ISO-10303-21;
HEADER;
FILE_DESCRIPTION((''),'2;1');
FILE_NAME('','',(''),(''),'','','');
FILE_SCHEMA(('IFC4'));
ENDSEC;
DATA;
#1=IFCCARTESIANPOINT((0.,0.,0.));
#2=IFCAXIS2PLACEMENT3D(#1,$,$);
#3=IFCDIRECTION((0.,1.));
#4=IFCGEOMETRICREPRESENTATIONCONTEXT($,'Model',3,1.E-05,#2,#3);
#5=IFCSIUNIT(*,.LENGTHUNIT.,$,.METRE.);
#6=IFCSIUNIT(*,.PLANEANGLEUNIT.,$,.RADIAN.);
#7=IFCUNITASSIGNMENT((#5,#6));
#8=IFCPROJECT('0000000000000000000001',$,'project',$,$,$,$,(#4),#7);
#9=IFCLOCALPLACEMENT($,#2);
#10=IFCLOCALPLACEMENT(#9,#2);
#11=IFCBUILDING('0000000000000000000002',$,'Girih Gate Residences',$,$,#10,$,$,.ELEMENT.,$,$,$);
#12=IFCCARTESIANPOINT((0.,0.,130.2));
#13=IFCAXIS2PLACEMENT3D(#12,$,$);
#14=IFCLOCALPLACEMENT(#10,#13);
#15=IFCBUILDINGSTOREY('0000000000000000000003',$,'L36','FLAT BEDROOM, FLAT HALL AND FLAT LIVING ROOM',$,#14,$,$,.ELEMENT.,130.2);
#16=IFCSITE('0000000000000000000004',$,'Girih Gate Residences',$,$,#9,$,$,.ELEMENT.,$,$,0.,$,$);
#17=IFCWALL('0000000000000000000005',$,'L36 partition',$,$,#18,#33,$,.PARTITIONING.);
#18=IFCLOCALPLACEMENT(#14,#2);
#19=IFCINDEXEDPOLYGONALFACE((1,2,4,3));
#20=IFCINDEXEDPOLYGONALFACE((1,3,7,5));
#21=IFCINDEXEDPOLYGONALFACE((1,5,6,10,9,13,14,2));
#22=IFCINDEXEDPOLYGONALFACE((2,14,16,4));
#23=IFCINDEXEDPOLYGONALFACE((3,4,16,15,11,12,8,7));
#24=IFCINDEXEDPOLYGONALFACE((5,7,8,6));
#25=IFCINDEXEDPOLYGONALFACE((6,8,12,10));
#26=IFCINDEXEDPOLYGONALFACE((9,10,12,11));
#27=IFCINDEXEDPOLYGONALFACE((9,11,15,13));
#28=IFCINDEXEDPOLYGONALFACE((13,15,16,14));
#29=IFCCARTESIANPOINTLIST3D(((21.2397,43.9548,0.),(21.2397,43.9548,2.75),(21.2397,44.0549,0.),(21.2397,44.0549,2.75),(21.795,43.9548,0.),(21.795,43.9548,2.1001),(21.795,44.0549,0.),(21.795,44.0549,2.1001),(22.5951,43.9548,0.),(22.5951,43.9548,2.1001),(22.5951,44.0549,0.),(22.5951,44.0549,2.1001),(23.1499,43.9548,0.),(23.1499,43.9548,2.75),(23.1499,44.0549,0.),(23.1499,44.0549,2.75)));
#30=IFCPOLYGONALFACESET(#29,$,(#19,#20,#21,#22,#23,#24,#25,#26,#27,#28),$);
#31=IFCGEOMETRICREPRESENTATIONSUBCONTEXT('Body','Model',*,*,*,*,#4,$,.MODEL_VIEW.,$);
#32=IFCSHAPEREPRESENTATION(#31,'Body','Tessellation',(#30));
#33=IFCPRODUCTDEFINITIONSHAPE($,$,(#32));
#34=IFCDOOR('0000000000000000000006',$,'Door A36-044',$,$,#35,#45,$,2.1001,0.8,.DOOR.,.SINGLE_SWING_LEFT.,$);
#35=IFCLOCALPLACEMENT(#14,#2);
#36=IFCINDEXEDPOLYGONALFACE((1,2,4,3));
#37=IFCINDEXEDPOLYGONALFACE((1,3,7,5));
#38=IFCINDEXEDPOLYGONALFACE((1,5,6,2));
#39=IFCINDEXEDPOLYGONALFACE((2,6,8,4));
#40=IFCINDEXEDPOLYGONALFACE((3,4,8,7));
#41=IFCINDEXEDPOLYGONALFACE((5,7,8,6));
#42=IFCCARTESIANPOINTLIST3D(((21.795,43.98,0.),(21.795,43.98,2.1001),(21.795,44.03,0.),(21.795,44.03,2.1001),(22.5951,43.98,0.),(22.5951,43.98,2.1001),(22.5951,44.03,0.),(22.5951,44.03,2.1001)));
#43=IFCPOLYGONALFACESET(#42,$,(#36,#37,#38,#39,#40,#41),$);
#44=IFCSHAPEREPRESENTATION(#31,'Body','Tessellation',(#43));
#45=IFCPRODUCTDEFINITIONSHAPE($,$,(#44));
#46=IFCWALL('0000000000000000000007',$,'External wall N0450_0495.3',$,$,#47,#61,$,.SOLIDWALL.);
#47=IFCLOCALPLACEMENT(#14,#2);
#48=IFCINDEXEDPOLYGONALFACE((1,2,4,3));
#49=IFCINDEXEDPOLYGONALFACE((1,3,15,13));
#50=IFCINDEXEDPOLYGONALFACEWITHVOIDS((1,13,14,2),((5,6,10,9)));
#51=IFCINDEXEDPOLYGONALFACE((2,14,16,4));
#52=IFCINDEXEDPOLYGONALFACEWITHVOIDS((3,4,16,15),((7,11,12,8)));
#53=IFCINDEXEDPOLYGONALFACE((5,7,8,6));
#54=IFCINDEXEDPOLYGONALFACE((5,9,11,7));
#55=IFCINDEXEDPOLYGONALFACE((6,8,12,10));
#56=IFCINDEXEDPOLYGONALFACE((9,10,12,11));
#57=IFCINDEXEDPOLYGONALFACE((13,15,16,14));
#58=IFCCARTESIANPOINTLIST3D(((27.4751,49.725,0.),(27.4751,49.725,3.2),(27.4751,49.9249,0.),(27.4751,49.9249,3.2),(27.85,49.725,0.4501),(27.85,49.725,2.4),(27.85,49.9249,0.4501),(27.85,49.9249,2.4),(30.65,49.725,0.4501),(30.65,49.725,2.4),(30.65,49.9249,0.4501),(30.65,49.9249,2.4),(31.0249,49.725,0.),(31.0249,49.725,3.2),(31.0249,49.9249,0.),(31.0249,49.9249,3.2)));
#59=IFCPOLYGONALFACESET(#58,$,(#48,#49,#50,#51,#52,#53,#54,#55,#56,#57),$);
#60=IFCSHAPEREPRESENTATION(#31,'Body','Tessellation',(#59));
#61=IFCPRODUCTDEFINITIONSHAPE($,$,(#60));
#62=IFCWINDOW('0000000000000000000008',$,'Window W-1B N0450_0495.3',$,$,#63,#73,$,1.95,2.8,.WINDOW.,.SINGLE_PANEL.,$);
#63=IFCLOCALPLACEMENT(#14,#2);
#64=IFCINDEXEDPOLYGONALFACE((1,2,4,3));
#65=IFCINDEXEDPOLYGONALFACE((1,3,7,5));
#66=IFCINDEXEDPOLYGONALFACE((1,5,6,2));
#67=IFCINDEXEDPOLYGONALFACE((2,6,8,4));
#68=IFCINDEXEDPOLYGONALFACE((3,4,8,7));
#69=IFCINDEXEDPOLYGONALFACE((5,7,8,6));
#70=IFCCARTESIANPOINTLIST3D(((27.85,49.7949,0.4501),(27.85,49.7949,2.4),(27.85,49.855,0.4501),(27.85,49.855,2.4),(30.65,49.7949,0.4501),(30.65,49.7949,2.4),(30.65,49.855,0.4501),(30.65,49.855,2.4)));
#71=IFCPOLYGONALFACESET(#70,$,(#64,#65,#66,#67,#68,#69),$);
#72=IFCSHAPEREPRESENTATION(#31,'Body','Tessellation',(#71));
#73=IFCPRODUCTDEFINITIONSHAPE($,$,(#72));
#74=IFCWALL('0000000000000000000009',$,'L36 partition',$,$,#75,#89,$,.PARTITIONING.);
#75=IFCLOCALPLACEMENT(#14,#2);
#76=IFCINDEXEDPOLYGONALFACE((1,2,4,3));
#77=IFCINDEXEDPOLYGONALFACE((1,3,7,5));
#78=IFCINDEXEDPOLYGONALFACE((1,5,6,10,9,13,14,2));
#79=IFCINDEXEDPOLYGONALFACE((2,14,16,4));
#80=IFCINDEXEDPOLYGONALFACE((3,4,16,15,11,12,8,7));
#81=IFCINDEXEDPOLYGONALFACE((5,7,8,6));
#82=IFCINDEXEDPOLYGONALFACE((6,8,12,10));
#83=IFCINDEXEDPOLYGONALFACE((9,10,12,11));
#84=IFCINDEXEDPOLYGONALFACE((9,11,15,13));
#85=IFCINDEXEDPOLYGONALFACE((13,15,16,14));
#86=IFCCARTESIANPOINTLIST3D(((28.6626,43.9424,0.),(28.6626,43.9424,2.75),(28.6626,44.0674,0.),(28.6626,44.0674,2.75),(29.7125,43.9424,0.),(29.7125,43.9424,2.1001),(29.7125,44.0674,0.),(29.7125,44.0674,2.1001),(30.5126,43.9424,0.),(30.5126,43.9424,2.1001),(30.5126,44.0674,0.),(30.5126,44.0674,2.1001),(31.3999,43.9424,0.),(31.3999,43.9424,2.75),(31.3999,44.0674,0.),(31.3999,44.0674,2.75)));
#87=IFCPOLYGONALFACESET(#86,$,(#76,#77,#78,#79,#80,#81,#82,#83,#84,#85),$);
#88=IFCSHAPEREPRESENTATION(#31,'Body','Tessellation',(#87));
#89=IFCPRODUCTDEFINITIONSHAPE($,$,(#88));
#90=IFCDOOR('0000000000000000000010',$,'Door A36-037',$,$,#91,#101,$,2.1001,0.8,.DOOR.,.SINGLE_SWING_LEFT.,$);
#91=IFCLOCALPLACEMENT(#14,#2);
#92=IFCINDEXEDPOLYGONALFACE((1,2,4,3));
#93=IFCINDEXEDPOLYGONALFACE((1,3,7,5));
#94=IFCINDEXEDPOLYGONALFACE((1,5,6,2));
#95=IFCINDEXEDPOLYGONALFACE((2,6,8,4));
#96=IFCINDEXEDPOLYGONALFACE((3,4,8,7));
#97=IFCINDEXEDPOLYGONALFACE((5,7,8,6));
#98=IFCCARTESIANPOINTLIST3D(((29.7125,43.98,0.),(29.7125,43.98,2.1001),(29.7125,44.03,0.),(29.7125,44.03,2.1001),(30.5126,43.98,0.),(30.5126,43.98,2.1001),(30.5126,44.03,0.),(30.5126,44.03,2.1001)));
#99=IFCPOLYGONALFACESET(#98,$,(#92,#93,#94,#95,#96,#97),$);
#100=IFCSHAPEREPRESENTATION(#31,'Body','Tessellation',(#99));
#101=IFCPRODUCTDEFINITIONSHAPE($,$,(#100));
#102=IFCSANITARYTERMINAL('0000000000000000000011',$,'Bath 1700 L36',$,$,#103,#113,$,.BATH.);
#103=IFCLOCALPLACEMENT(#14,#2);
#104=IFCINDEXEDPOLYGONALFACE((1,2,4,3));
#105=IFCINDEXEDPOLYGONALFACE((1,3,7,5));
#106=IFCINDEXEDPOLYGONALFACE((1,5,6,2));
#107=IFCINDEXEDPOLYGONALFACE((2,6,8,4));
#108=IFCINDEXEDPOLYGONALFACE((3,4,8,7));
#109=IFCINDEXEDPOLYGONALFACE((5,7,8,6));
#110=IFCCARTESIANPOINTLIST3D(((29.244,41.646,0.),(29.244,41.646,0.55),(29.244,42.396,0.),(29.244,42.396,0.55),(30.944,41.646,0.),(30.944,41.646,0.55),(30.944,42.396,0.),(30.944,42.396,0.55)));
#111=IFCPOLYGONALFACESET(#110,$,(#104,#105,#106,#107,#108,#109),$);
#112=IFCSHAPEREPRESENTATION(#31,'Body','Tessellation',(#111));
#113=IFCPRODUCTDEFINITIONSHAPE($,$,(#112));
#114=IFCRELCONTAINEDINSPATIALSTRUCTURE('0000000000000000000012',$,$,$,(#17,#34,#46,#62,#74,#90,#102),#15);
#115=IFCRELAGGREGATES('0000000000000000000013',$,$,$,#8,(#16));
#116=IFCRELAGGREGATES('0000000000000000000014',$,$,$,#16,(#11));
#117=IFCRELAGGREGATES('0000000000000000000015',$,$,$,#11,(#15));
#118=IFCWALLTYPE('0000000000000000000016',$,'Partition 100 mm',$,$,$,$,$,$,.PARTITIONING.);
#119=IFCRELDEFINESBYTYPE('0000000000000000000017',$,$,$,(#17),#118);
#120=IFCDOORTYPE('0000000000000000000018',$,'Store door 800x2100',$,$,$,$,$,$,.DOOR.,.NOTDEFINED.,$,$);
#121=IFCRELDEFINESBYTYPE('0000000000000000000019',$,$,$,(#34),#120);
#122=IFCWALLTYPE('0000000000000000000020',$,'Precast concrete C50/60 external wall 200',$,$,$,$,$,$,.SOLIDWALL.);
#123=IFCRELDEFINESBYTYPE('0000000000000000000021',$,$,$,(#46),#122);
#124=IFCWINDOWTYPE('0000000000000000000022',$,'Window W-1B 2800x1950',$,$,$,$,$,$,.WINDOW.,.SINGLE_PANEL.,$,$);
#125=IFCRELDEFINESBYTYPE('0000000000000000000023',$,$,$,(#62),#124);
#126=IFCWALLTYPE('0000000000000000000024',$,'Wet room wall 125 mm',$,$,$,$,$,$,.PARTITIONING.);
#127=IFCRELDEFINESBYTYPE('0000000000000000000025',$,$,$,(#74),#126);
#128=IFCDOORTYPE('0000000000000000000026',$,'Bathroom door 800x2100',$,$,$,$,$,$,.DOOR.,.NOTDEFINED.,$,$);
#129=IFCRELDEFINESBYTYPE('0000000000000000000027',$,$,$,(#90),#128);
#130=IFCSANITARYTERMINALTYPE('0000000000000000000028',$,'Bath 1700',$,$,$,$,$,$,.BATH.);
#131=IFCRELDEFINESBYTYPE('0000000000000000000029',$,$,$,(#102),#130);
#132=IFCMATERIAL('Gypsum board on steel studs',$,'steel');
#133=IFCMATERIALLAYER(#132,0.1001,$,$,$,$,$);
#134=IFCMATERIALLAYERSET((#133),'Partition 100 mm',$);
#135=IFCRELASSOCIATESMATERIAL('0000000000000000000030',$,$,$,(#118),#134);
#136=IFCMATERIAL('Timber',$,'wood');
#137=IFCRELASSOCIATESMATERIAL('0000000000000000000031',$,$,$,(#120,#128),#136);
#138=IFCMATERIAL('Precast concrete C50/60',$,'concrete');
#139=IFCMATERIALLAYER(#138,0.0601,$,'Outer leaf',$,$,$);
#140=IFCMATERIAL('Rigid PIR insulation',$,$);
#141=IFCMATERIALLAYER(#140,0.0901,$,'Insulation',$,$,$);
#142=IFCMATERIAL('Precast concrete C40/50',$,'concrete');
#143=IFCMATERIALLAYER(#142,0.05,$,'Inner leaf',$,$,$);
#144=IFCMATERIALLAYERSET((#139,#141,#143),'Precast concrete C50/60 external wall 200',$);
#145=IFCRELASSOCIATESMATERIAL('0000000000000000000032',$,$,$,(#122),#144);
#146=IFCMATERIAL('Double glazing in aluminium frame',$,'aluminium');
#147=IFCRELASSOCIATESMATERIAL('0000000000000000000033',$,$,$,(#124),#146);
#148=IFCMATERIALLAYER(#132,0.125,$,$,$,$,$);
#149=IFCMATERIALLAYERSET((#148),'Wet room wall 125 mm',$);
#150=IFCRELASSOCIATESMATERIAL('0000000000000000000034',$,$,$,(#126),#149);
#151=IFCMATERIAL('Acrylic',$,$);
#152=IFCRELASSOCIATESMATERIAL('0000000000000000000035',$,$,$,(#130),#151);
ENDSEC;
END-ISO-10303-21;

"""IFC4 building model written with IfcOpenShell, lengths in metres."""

from ifc_helpers import new_model, si_unit, direction, frame, frame_2d, origin, origin_2d, place, context, subcontext, project, spatial, rectangle, extrude, material, layer, layer_set, type_object, element, fill, save


model = new_model("IFC4")

# Units and contexts
model_context = context("Model", 3, precision=1e-05, world=origin(), true_north=direction((0.0, 1.0)))
body_context = subcontext(model_context, "Body", "Model", "MODEL_VIEW")
ifc_project = project(units=[si_unit("LENGTHUNIT", "METRE"), si_unit("PLANEANGLEUNIT", "RADIAN")], contexts=[model_context])

# Site, building, storey
site_placement = place(None, origin())
site = spatial("IfcSite", under=ifc_project, at=site_placement, Name="Girih Gate Residences", CompositionType="ELEMENT", RefElevation=0.0)
building_placement = place(site_placement, origin())
building = spatial("IfcBuilding", under=site, at=building_placement, Name="Girih Gate Residences", CompositionType="ELEMENT")
storey_placement = place(building_placement, frame((0.0, 0.0, 130.2)))
storey = spatial("IfcBuildingStorey", under=building, at=storey_placement, Name="L36", Description="FLAT BEDROOM, FLAT HALL AND FLAT LIVING ROOM", CompositionType="ELEMENT", Elevation=130.2)

# Shared definitions
ifc_material_1 = material(Name="Gypsum board on steel studs", Category="steel")
ifc_layer_1 = layer(ifc_material_1, 0.1001)
ifc_layer_set_1 = layer_set([ifc_layer_1], Name="Partition 100 mm")
wall_type_1 = type_object("IfcWallType", Name="Partition 100 mm", PredefinedType="PARTITIONING", material=ifc_layer_set_1)

# Wall, opening, door
ifc_material_2 = material(Name="Timber", Category="wood")
door_type_1 = type_object("IfcDoorType", Name="Store door 800x2100", OperationType="NOTDEFINED", PredefinedType="DOOR", material=ifc_material_2)
wall_1_placement = place(storey_placement, frame((23.1499, 44.0049, 0.0), z_axis=(0.0, 0.0, 1.0), x_axis=(-1.0, 0.0, 0.0)))
wall_1 = element("IfcWall", 1, at=wall_1_placement, inside=storey, type_object=wall_type_1, Name="L36 partition", PredefinedType="PARTITIONING", context=body_context, shape_type="SweptSolid", body=[
    extrude(rectangle(XDim=1.9102, YDim=0.1001, at=frame_2d((0.9551, 0.0))), origin(), (0.0, 0.0, 1.0), 2.75),
])
opening_1_placement = place(wall_1_placement, frame((0.5549, 0.0, 0.0)))
opening_1 = element("IfcOpeningElement", 2, at=opening_1_placement, cuts=wall_1, PredefinedType="OPENING", context=body_context, shape_type="SweptSolid", body=[
    extrude(rectangle(XDim=0.8, YDim=2.1001, at=frame_2d((0.3999, 1.05))), frame((0.0, 0.0601, 0.0), z_axis=(0.0, -1.0, 0.0), x_axis=(1.0, 0.0, 0.0)), (0.0, 0.0, 1.0), 0.1201),
])
door_1_placement = place(opening_1_placement, origin())
door_1 = element("IfcDoor", 3, at=door_1_placement, inside=storey, type_object=door_type_1, Name="Door A36-044", OperationType="SINGLE_SWING_LEFT", OverallHeight=2.1001, OverallWidth=0.8, PredefinedType="DOOR", context=body_context, shape_type="SweptSolid", body=[
    extrude(rectangle(XDim=0.8, YDim=2.1001, at=frame_2d((0.3999, 1.05))), frame((0.0, 0.0249, 0.0), z_axis=(0.0, -1.0, 0.0), x_axis=(1.0, 0.0, 0.0)), (0.0, 0.0, 1.0), 0.05),
])
fill(opening_1, door_1)

# Wall, opening, window
ifc_material_3 = material(Name="Precast concrete C50/60", Category="concrete")
ifc_layer_2 = layer(ifc_material_3, 0.0601, Name="Outer leaf")
ifc_material_4 = material(Name="Rigid PIR insulation")
ifc_layer_3 = layer(ifc_material_4, 0.0901, Name="Insulation")
ifc_material_5 = material(Name="Precast concrete C40/50", Category="concrete")
ifc_layer_4 = layer(ifc_material_5, 0.05, Name="Inner leaf")
ifc_layer_set_2 = layer_set([ifc_layer_2, ifc_layer_3, ifc_layer_4], Name="Precast concrete C50/60 external wall 200")
wall_type_2 = type_object("IfcWallType", Name="Precast concrete C50/60 external wall 200", PredefinedType="SOLIDWALL", material=ifc_layer_set_2)
wall_2_placement = place(storey_placement, frame((27.4751, 49.825, 0.0), z_axis=(0.0, 0.0, 1.0), x_axis=(1.0, 0.0, 0.0)))
wall_2 = element("IfcWall", 4, at=wall_2_placement, inside=storey, type_object=wall_type_2, Name="External wall N0450_0495.3", PredefinedType="SOLIDWALL", context=body_context, shape_type="SweptSolid", body=[
    extrude(rectangle(XDim=3.5498, YDim=0.2, at=frame_2d((1.7749, 0.0))), origin(), (0.0, 0.0, 1.0), 3.2),
])
opening_2_placement = place(wall_2_placement, frame((0.375, 0.0, 0.45)))
opening_2 = element("IfcOpeningElement", 5, at=opening_2_placement, cuts=wall_2, PredefinedType="OPENING", context=body_context, shape_type="SweptSolid", body=[
    extrude(rectangle(XDim=2.8, YDim=1.95, at=frame_2d((1.3999, 0.9751))), frame((0.0, 0.1099, 0.0), z_axis=(0.0, -1.0, 0.0), x_axis=(1.0, 0.0, 0.0)), (0.0, 0.0, 1.0), 0.22),
])
ifc_material_6 = material(Name="Double glazing in aluminium frame", Category="aluminium")
window_type = type_object("IfcWindowType", Name="Window W-1B 2800x1950", PartitioningType="SINGLE_PANEL", PredefinedType="WINDOW", material=ifc_material_6)
window_placement = place(opening_2_placement, origin())
window = element("IfcWindow", 6, at=window_placement, inside=storey, type_object=window_type, Name="Window W-1B N0450_0495.3", OverallHeight=1.95, OverallWidth=2.8, PartitioningType="SINGLE_PANEL", PredefinedType="WINDOW", context=body_context, shape_type="SweptSolid", body=[
    extrude(rectangle(XDim=2.8, YDim=1.95, at=frame_2d((1.3999, 0.9751))), frame((0.0, 0.03, 0.0), z_axis=(0.0, -1.0, 0.0), x_axis=(1.0, 0.0, 0.0)), (0.0, 0.0, 1.0), 0.0601),
])
fill(opening_2, window)

# Wall, opening, door
ifc_layer_5 = layer(ifc_material_1, 0.125)
ifc_layer_set_3 = layer_set([ifc_layer_5], Name="Wet room wall 125 mm")
wall_type_3 = type_object("IfcWallType", Name="Wet room wall 125 mm", PredefinedType="PARTITIONING", material=ifc_layer_set_3)
wall_3_placement = place(storey_placement, frame((31.3999, 44.0049, 0.0), z_axis=(0.0, 0.0, 1.0), x_axis=(-1.0, 0.0, 0.0)))
wall_3 = element("IfcWall", 7, at=wall_3_placement, inside=storey, type_object=wall_type_3, Name="L36 partition", PredefinedType="PARTITIONING", context=body_context, shape_type="SweptSolid", body=[
    extrude(rectangle(XDim=2.7373, YDim=0.125, at=frame_2d((1.3687, 0.0))), origin(), (0.0, 0.0, 1.0), 2.75),
])
opening_3_placement = place(wall_3_placement, frame((0.8875, 0.0, 0.0)))
opening_3 = element("IfcOpeningElement", 8, at=opening_3_placement, cuts=wall_3, PredefinedType="OPENING", context=body_context, shape_type="SweptSolid", body=[
    extrude(rectangle(XDim=0.8, YDim=2.1001, at=frame_2d((0.3999, 1.05))), frame((0.0, 0.0725, 0.0), z_axis=(0.0, -1.0, 0.0), x_axis=(1.0, 0.0, 0.0)), (0.0, 0.0, 1.0), 0.145),
])
door_type_2 = type_object("IfcDoorType", Name="Bathroom door 800x2100", OperationType="NOTDEFINED", PredefinedType="DOOR", material=ifc_material_2)
door_2_placement = place(opening_3_placement, origin())
door_2 = element("IfcDoor", 9, at=door_2_placement, inside=storey, type_object=door_type_2, Name="Door A36-037", OperationType="SINGLE_SWING_LEFT", OverallHeight=2.1001, OverallWidth=0.8, PredefinedType="DOOR", context=body_context, shape_type="SweptSolid", body=[
    extrude(rectangle(XDim=0.8, YDim=2.1001, at=frame_2d((0.3999, 1.05))), frame((0.0, 0.0249, 0.0), z_axis=(0.0, -1.0, 0.0), x_axis=(1.0, 0.0, 0.0)), (0.0, 0.0, 1.0), 0.05),
])
fill(opening_3, door_2)

# Sanitary terminal
ifc_material_7 = material(Name="Acrylic")
sanitary_terminal_type = type_object("IfcSanitaryTerminalType", Name="Bath 1700", PredefinedType="BATH", material=ifc_material_7)
sanitary_terminal_placement = place(storey_placement, frame((30.094, 42.021, 0.0), z_axis=(0.0, 0.0, 1.0), x_axis=(1.0, 0.0, 0.0)))
element("IfcSanitaryTerminal", 10, at=sanitary_terminal_placement, inside=storey, type_object=sanitary_terminal_type, Name="Bath 1700 L36", PredefinedType="BATH", context=body_context, shape_type="SweptSolid", body=[
    extrude(rectangle(XDim=1.7, YDim=0.75, at=origin_2d()), origin(), (0.0, 0.0, 1.0), 0.55),
])

save(model, "model.ifc")
